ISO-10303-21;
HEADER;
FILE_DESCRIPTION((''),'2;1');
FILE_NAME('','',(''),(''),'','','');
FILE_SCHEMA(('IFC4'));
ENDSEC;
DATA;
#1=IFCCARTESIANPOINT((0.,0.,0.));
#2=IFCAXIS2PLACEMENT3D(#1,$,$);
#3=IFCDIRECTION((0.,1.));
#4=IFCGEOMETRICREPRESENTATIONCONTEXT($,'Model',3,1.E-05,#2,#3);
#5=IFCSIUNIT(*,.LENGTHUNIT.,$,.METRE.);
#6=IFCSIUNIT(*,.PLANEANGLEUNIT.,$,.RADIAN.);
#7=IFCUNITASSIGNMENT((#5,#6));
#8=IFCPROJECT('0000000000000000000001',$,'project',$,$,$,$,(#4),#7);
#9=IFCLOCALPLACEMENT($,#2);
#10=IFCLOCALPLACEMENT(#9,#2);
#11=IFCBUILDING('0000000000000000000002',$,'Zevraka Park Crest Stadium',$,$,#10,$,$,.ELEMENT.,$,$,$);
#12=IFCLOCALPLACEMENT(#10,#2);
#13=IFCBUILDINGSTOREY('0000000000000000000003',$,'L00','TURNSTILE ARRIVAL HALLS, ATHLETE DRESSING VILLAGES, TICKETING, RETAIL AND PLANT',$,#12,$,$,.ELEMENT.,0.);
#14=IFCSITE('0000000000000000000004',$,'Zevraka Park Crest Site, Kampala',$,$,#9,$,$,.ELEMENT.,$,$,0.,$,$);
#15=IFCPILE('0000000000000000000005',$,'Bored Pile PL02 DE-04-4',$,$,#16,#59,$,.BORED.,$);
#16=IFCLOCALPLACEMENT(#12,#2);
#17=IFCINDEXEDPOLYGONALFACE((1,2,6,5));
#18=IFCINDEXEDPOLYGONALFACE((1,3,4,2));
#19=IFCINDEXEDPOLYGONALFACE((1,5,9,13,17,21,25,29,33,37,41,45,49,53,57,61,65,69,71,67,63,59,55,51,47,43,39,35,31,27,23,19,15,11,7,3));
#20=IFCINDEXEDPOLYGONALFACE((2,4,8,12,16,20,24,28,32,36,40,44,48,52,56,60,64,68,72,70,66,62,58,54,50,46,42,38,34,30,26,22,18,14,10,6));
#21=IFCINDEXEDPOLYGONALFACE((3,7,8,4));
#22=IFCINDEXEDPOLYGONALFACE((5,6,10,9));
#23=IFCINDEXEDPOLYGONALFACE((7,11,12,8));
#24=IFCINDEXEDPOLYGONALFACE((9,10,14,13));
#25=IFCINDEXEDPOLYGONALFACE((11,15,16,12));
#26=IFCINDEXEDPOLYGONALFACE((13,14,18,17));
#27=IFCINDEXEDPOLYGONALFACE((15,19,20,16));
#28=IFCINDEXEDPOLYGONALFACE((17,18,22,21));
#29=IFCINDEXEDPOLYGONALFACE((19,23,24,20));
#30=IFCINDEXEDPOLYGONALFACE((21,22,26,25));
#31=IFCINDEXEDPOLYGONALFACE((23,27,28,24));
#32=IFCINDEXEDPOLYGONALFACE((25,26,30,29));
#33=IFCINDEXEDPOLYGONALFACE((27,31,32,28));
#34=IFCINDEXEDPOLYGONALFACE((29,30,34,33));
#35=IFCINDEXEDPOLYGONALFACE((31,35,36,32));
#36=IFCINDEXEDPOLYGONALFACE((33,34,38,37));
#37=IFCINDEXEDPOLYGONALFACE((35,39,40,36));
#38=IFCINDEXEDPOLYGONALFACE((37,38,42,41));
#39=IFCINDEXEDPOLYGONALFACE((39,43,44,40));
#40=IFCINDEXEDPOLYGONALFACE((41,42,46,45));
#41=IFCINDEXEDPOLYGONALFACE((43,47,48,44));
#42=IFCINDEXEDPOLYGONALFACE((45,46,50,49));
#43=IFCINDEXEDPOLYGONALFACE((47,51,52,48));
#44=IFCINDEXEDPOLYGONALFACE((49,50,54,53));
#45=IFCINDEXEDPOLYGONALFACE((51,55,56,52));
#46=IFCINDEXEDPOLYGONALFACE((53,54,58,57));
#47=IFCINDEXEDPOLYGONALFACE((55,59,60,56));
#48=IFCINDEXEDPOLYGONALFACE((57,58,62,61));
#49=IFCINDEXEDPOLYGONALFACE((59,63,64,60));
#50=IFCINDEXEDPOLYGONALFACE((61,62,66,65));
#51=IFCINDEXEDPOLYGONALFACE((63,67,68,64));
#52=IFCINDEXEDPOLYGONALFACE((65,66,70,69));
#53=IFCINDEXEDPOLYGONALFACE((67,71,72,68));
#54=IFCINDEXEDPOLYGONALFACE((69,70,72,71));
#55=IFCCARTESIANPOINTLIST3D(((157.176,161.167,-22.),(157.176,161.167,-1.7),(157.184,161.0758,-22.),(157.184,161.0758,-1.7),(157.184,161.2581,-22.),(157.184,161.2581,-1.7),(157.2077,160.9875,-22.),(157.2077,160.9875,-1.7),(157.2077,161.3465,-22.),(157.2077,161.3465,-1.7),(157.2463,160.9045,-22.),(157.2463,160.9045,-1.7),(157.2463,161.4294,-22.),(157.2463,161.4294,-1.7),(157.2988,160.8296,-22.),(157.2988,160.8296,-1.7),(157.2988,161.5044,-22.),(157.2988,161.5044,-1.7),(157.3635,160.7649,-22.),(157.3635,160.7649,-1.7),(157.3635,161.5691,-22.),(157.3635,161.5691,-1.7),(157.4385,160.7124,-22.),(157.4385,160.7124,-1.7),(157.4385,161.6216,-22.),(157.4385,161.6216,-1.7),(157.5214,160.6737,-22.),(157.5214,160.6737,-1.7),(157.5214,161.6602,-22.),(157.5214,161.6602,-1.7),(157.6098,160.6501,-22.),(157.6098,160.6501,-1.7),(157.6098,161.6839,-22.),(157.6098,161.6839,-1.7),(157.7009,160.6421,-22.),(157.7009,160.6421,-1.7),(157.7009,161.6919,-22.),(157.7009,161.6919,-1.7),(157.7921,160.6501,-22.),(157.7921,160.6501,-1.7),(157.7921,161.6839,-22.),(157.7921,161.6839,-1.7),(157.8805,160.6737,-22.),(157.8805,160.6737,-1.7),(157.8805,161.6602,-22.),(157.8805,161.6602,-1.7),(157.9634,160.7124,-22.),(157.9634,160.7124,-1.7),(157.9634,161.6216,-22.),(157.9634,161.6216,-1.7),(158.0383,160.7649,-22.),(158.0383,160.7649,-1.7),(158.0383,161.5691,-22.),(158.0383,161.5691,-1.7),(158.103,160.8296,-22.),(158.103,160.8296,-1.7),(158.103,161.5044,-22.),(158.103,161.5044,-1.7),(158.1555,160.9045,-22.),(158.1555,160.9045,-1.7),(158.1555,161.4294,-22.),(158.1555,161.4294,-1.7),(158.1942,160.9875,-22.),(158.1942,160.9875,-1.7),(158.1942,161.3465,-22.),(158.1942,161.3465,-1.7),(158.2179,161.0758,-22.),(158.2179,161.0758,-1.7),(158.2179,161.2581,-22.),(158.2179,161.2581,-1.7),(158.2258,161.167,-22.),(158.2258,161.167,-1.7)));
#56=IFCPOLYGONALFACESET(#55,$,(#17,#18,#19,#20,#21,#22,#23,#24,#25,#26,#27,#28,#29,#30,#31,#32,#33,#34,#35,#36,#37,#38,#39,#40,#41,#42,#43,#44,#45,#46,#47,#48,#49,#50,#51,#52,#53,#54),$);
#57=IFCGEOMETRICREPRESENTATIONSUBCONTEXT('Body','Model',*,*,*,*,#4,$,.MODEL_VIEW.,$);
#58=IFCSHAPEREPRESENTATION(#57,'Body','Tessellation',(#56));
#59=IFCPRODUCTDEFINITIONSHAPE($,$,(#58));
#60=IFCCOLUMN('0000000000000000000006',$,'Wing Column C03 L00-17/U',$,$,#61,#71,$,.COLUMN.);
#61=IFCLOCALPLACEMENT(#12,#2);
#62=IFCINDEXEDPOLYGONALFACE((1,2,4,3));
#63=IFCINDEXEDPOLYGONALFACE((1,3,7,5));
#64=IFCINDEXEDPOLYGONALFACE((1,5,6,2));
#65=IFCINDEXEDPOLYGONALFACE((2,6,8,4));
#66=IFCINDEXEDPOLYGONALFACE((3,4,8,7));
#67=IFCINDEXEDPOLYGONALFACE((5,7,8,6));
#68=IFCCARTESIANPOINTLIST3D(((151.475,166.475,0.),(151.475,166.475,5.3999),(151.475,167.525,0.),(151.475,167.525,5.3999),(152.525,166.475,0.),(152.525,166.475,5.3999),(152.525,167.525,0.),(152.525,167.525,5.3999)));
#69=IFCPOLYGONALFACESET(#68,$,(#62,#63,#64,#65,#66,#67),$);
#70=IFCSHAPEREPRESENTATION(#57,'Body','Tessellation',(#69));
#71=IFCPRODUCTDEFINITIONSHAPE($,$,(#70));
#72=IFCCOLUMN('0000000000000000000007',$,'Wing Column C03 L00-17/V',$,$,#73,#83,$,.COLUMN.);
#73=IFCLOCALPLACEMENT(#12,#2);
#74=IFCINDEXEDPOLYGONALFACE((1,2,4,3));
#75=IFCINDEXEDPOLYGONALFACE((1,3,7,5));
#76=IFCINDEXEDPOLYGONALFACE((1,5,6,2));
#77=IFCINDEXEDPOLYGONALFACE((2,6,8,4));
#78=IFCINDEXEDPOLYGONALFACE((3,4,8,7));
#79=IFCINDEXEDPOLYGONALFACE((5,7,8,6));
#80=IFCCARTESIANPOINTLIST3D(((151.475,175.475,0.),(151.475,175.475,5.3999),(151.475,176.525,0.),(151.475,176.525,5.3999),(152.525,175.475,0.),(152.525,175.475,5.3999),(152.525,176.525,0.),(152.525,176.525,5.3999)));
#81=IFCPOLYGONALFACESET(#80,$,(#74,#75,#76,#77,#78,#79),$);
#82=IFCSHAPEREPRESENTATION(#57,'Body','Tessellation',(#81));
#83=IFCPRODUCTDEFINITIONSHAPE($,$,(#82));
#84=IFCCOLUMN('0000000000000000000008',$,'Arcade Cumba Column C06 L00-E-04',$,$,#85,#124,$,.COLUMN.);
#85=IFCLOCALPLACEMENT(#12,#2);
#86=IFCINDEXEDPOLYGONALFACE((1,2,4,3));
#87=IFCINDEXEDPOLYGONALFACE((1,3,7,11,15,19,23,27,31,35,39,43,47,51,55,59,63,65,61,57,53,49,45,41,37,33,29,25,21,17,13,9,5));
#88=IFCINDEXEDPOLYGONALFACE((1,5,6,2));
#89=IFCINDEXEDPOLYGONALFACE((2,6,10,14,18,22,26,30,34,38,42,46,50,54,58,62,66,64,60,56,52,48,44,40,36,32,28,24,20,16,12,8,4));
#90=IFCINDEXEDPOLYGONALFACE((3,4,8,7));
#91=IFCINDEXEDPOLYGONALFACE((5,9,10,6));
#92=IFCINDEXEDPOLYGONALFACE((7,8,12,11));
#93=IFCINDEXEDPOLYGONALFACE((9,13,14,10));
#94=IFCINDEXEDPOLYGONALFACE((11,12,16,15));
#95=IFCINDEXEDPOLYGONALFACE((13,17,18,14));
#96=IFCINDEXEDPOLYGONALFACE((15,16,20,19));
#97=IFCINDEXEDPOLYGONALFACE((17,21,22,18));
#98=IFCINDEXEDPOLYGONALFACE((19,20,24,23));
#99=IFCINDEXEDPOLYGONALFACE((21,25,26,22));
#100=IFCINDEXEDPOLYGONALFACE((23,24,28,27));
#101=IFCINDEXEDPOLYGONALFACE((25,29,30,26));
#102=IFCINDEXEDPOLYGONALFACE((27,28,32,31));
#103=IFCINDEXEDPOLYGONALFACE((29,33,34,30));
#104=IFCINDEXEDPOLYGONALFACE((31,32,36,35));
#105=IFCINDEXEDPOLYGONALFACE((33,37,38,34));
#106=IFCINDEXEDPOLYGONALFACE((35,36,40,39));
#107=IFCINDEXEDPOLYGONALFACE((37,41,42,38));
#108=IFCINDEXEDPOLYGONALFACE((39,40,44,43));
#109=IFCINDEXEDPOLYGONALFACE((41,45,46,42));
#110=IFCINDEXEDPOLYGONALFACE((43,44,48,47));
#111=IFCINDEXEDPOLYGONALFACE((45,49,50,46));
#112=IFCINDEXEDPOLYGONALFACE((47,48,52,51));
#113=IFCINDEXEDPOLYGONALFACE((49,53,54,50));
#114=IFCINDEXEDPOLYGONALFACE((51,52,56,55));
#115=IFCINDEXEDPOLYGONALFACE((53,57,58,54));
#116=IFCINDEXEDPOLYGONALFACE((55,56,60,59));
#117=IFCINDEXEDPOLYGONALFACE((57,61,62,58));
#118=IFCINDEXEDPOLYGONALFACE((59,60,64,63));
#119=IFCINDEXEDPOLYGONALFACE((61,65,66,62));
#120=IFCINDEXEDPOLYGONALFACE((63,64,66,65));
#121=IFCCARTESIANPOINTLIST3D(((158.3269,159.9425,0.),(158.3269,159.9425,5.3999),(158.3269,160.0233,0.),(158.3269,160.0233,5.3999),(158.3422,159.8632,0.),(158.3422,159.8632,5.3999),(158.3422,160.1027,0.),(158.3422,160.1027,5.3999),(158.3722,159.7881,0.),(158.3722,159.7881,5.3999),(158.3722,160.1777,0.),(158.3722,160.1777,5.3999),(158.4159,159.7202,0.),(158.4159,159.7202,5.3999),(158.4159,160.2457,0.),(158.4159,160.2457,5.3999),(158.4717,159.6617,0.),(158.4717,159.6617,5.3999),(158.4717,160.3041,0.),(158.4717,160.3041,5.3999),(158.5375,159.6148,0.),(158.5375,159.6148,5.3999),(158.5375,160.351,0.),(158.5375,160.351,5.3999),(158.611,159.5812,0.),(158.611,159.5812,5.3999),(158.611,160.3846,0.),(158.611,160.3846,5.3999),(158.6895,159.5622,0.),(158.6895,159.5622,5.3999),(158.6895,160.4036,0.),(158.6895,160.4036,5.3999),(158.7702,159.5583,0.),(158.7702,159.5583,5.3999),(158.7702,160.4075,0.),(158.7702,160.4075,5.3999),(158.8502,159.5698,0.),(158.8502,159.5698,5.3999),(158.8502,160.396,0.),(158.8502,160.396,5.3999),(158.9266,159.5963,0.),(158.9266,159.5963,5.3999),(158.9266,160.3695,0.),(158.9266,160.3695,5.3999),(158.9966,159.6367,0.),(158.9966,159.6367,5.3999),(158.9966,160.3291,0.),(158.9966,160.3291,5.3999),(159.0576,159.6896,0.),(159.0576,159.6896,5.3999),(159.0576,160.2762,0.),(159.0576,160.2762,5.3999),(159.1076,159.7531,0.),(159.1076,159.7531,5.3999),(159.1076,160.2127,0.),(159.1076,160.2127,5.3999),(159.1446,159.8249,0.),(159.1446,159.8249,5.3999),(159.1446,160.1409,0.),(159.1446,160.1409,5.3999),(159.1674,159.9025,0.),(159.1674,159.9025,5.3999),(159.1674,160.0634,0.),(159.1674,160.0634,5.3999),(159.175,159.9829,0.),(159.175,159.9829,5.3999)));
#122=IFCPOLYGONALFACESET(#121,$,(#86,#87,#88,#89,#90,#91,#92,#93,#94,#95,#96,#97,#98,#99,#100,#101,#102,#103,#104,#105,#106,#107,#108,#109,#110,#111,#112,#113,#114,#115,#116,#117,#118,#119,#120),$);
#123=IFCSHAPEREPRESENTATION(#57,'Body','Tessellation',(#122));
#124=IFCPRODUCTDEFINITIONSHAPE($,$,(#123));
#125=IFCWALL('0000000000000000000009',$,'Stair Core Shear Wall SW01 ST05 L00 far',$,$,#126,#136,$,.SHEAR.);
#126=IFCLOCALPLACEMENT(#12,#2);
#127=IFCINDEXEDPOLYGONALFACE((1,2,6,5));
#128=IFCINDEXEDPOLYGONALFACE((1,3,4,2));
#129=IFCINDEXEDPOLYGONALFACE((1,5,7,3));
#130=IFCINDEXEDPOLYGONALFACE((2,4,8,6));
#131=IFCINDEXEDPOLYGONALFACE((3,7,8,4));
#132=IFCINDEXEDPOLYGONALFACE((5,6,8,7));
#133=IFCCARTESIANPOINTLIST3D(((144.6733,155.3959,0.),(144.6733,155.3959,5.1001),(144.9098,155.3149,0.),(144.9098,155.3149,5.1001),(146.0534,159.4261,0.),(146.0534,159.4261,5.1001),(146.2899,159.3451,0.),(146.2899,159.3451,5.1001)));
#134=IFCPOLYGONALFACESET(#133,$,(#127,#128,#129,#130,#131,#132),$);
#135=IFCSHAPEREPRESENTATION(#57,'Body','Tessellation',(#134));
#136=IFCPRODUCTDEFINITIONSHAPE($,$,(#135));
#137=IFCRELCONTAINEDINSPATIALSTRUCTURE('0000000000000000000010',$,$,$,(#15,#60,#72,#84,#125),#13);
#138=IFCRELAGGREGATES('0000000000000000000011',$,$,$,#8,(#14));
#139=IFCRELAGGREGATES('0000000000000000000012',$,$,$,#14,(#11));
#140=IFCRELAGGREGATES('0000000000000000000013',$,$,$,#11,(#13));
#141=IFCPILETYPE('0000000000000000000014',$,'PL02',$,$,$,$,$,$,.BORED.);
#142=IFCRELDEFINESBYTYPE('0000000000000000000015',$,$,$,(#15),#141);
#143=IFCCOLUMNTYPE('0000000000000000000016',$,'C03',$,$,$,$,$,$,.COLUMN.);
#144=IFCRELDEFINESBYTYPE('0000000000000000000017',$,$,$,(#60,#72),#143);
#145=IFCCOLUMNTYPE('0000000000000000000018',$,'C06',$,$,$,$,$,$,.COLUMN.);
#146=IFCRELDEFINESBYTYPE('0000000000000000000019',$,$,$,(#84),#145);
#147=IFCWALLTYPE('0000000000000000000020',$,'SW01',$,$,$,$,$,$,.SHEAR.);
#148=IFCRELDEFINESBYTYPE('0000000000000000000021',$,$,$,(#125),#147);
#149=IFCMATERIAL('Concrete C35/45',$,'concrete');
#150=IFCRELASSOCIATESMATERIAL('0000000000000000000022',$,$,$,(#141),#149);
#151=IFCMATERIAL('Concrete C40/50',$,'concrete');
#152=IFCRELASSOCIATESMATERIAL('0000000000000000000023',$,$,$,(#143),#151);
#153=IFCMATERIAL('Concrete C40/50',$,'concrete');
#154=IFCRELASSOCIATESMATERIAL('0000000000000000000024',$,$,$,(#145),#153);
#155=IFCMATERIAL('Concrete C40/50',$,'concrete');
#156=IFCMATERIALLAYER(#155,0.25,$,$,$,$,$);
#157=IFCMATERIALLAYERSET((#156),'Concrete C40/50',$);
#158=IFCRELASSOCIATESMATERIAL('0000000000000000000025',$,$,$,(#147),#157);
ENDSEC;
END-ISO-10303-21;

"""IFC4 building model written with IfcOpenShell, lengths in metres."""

from ifc_helpers import new_model, si_unit, direction, frame, frame_2d, origin, origin_2d, place, context, subcontext, project, spatial, rectangle, circle, extrude, material, layer, layer_set, material_profile, profile_set, type_object, element, save


model = new_model("IFC4")

# Units and contexts
model_context = context("Model", 3, precision=1e-05, world=origin(), true_north=direction((0.0, 1.0)))
body_context = subcontext(model_context, "Body", "Model", "MODEL_VIEW")
ifc_project = project(units=[si_unit("LENGTHUNIT", "METRE"), si_unit("PLANEANGLEUNIT", "RADIAN")], contexts=[model_context])

# Site, building, storey
site_placement = place(None, origin())
site = spatial("IfcSite", under=ifc_project, at=site_placement, Name="Zevraka Park Crest Site, Kampala", CompositionType="ELEMENT", RefElevation=0.0)
building_placement = place(site_placement, origin())
building = spatial("IfcBuilding", under=site, at=building_placement, Name="Zevraka Park Crest Stadium", CompositionType="ELEMENT")
storey_placement = place(building_placement, origin())
storey = spatial("IfcBuildingStorey", under=building, at=storey_placement, Name="L00", Description="TURNSTILE ARRIVAL HALLS, ATHLETE DRESSING VILLAGES, TICKETING, RETAIL AND PLANT", CompositionType="ELEMENT", Elevation=0.0)

# Pile
ifc_material_1 = material(Name="Concrete C35/45", Category="concrete")
ifc_material_profile_1 = material_profile(ifc_material_1, circle(Radius=0.5249, at=origin_2d()), Name="PILE D1050")
ifc_profile_set_1 = profile_set([ifc_material_profile_1], Name="Concrete C35/45")
pile_type_1 = type_object("IfcPileType", Name="PL02", PredefinedType="BORED", material=ifc_profile_set_1)
for number, where, z_axis, x_axis, name in (
    (1, (157.7009, 161.167, -1.7), (0.0, 0.0, -1.0), (1.0, 0.0, 0.0), "Bored Pile PL02 DE-04-4"),
):
    element("IfcPile", number, at=place(storey_placement, frame(where, z_axis=z_axis, x_axis=x_axis)), inside=storey, type_object=pile_type_1, Name=name, PredefinedType="BORED", context=body_context, shape_type="SweptSolid", body=[
        extrude(circle(Radius=0.5249, at=origin_2d()), origin(), (0.0, 0.0, 1.0), 20.3),
    ])

# Columns
ifc_material_2 = material(Name="Concrete C40/50", Category="concrete")
ifc_material_profile_2 = material_profile(ifc_material_2, rectangle(XDim=1.05, YDim=1.05, at=origin_2d()), Name="RC 1050x1050")
ifc_profile_set_2 = profile_set([ifc_material_profile_2], Name="Concrete C40/50")
column_type_1 = type_object("IfcColumnType", Name="C03", PredefinedType="COLUMN", material=ifc_profile_set_2)
for number, where, z_axis, x_axis, name in (
    (2, (152.0, 167.0, 0.0), (0.0, 0.0, 1.0), (1.0, 0.0, 0.0), "Wing Column C03 L00-17/U"),
    (3, (152.0, 176.0, 0.0), (0.0, 0.0, 1.0), (1.0, 0.0, 0.0), "Wing Column C03 L00-17/V"),
):
    element("IfcColumn", number, at=place(storey_placement, frame(where, z_axis=z_axis, x_axis=x_axis)), inside=storey, type_object=column_type_1, Name=name, PredefinedType="COLUMN", context=body_context, shape_type="SweptSolid", body=[
        extrude(rectangle(XDim=1.05, YDim=1.05, at=origin_2d()), origin(), (0.0, 0.0, 1.0), 5.3999),
    ])
ifc_material_3 = material(Name="Concrete C40/50", Category="concrete")
ifc_material_profile_3 = material_profile(ifc_material_3, circle(Radius=0.425, at=origin_2d()), Name="RC D850")
ifc_profile_set_3 = profile_set([ifc_material_profile_3], Name="Concrete C40/50")
column_type_2 = type_object("IfcColumnType", Name="C06", PredefinedType="COLUMN", material=ifc_profile_set_3)
column_placement = place(storey_placement, frame((158.75, 159.9829, 0.0), z_axis=(0.0, 0.0, 1.0), x_axis=(1.0, 0.0, 0.0)))
element("IfcColumn", 4, at=column_placement, inside=storey, type_object=column_type_2, Name="Arcade Cumba Column C06 L00-E-04", PredefinedType="COLUMN", context=body_context, shape_type="SweptSolid", body=[
    extrude(circle(Radius=0.425, at=origin_2d()), origin(), (0.0, 0.0, 1.0), 5.3999),
])

# Wall
ifc_material_4 = material(Name="Concrete C40/50", Category="concrete")
ifc_layer = layer(ifc_material_4, 0.25)
ifc_layer_set = layer_set([ifc_layer], Name="Concrete C40/50")
wall_type = type_object("IfcWallType", Name="SW01", PredefinedType="SHEAR", material=ifc_layer_set)
wall_placement = place(storey_placement, frame((146.1716, 159.3855, 0.0), z_axis=(0.0, 0.0, 1.0), x_axis=(-0.323971, -0.946067, 0.0)))
element("IfcWall", 5, at=wall_placement, inside=storey, type_object=wall_type, Name="Stair Core Shear Wall SW01 ST05 L00 far", PredefinedType="SHEAR", context=body_context, shape_type="SweptSolid", body=[
    extrude(rectangle(XDim=4.26, YDim=0.25, at=frame_2d((2.1299, 0.0))), origin(), (0.0, 0.0, 1.0), 5.1001),
])

save(model, "model.ifc")
